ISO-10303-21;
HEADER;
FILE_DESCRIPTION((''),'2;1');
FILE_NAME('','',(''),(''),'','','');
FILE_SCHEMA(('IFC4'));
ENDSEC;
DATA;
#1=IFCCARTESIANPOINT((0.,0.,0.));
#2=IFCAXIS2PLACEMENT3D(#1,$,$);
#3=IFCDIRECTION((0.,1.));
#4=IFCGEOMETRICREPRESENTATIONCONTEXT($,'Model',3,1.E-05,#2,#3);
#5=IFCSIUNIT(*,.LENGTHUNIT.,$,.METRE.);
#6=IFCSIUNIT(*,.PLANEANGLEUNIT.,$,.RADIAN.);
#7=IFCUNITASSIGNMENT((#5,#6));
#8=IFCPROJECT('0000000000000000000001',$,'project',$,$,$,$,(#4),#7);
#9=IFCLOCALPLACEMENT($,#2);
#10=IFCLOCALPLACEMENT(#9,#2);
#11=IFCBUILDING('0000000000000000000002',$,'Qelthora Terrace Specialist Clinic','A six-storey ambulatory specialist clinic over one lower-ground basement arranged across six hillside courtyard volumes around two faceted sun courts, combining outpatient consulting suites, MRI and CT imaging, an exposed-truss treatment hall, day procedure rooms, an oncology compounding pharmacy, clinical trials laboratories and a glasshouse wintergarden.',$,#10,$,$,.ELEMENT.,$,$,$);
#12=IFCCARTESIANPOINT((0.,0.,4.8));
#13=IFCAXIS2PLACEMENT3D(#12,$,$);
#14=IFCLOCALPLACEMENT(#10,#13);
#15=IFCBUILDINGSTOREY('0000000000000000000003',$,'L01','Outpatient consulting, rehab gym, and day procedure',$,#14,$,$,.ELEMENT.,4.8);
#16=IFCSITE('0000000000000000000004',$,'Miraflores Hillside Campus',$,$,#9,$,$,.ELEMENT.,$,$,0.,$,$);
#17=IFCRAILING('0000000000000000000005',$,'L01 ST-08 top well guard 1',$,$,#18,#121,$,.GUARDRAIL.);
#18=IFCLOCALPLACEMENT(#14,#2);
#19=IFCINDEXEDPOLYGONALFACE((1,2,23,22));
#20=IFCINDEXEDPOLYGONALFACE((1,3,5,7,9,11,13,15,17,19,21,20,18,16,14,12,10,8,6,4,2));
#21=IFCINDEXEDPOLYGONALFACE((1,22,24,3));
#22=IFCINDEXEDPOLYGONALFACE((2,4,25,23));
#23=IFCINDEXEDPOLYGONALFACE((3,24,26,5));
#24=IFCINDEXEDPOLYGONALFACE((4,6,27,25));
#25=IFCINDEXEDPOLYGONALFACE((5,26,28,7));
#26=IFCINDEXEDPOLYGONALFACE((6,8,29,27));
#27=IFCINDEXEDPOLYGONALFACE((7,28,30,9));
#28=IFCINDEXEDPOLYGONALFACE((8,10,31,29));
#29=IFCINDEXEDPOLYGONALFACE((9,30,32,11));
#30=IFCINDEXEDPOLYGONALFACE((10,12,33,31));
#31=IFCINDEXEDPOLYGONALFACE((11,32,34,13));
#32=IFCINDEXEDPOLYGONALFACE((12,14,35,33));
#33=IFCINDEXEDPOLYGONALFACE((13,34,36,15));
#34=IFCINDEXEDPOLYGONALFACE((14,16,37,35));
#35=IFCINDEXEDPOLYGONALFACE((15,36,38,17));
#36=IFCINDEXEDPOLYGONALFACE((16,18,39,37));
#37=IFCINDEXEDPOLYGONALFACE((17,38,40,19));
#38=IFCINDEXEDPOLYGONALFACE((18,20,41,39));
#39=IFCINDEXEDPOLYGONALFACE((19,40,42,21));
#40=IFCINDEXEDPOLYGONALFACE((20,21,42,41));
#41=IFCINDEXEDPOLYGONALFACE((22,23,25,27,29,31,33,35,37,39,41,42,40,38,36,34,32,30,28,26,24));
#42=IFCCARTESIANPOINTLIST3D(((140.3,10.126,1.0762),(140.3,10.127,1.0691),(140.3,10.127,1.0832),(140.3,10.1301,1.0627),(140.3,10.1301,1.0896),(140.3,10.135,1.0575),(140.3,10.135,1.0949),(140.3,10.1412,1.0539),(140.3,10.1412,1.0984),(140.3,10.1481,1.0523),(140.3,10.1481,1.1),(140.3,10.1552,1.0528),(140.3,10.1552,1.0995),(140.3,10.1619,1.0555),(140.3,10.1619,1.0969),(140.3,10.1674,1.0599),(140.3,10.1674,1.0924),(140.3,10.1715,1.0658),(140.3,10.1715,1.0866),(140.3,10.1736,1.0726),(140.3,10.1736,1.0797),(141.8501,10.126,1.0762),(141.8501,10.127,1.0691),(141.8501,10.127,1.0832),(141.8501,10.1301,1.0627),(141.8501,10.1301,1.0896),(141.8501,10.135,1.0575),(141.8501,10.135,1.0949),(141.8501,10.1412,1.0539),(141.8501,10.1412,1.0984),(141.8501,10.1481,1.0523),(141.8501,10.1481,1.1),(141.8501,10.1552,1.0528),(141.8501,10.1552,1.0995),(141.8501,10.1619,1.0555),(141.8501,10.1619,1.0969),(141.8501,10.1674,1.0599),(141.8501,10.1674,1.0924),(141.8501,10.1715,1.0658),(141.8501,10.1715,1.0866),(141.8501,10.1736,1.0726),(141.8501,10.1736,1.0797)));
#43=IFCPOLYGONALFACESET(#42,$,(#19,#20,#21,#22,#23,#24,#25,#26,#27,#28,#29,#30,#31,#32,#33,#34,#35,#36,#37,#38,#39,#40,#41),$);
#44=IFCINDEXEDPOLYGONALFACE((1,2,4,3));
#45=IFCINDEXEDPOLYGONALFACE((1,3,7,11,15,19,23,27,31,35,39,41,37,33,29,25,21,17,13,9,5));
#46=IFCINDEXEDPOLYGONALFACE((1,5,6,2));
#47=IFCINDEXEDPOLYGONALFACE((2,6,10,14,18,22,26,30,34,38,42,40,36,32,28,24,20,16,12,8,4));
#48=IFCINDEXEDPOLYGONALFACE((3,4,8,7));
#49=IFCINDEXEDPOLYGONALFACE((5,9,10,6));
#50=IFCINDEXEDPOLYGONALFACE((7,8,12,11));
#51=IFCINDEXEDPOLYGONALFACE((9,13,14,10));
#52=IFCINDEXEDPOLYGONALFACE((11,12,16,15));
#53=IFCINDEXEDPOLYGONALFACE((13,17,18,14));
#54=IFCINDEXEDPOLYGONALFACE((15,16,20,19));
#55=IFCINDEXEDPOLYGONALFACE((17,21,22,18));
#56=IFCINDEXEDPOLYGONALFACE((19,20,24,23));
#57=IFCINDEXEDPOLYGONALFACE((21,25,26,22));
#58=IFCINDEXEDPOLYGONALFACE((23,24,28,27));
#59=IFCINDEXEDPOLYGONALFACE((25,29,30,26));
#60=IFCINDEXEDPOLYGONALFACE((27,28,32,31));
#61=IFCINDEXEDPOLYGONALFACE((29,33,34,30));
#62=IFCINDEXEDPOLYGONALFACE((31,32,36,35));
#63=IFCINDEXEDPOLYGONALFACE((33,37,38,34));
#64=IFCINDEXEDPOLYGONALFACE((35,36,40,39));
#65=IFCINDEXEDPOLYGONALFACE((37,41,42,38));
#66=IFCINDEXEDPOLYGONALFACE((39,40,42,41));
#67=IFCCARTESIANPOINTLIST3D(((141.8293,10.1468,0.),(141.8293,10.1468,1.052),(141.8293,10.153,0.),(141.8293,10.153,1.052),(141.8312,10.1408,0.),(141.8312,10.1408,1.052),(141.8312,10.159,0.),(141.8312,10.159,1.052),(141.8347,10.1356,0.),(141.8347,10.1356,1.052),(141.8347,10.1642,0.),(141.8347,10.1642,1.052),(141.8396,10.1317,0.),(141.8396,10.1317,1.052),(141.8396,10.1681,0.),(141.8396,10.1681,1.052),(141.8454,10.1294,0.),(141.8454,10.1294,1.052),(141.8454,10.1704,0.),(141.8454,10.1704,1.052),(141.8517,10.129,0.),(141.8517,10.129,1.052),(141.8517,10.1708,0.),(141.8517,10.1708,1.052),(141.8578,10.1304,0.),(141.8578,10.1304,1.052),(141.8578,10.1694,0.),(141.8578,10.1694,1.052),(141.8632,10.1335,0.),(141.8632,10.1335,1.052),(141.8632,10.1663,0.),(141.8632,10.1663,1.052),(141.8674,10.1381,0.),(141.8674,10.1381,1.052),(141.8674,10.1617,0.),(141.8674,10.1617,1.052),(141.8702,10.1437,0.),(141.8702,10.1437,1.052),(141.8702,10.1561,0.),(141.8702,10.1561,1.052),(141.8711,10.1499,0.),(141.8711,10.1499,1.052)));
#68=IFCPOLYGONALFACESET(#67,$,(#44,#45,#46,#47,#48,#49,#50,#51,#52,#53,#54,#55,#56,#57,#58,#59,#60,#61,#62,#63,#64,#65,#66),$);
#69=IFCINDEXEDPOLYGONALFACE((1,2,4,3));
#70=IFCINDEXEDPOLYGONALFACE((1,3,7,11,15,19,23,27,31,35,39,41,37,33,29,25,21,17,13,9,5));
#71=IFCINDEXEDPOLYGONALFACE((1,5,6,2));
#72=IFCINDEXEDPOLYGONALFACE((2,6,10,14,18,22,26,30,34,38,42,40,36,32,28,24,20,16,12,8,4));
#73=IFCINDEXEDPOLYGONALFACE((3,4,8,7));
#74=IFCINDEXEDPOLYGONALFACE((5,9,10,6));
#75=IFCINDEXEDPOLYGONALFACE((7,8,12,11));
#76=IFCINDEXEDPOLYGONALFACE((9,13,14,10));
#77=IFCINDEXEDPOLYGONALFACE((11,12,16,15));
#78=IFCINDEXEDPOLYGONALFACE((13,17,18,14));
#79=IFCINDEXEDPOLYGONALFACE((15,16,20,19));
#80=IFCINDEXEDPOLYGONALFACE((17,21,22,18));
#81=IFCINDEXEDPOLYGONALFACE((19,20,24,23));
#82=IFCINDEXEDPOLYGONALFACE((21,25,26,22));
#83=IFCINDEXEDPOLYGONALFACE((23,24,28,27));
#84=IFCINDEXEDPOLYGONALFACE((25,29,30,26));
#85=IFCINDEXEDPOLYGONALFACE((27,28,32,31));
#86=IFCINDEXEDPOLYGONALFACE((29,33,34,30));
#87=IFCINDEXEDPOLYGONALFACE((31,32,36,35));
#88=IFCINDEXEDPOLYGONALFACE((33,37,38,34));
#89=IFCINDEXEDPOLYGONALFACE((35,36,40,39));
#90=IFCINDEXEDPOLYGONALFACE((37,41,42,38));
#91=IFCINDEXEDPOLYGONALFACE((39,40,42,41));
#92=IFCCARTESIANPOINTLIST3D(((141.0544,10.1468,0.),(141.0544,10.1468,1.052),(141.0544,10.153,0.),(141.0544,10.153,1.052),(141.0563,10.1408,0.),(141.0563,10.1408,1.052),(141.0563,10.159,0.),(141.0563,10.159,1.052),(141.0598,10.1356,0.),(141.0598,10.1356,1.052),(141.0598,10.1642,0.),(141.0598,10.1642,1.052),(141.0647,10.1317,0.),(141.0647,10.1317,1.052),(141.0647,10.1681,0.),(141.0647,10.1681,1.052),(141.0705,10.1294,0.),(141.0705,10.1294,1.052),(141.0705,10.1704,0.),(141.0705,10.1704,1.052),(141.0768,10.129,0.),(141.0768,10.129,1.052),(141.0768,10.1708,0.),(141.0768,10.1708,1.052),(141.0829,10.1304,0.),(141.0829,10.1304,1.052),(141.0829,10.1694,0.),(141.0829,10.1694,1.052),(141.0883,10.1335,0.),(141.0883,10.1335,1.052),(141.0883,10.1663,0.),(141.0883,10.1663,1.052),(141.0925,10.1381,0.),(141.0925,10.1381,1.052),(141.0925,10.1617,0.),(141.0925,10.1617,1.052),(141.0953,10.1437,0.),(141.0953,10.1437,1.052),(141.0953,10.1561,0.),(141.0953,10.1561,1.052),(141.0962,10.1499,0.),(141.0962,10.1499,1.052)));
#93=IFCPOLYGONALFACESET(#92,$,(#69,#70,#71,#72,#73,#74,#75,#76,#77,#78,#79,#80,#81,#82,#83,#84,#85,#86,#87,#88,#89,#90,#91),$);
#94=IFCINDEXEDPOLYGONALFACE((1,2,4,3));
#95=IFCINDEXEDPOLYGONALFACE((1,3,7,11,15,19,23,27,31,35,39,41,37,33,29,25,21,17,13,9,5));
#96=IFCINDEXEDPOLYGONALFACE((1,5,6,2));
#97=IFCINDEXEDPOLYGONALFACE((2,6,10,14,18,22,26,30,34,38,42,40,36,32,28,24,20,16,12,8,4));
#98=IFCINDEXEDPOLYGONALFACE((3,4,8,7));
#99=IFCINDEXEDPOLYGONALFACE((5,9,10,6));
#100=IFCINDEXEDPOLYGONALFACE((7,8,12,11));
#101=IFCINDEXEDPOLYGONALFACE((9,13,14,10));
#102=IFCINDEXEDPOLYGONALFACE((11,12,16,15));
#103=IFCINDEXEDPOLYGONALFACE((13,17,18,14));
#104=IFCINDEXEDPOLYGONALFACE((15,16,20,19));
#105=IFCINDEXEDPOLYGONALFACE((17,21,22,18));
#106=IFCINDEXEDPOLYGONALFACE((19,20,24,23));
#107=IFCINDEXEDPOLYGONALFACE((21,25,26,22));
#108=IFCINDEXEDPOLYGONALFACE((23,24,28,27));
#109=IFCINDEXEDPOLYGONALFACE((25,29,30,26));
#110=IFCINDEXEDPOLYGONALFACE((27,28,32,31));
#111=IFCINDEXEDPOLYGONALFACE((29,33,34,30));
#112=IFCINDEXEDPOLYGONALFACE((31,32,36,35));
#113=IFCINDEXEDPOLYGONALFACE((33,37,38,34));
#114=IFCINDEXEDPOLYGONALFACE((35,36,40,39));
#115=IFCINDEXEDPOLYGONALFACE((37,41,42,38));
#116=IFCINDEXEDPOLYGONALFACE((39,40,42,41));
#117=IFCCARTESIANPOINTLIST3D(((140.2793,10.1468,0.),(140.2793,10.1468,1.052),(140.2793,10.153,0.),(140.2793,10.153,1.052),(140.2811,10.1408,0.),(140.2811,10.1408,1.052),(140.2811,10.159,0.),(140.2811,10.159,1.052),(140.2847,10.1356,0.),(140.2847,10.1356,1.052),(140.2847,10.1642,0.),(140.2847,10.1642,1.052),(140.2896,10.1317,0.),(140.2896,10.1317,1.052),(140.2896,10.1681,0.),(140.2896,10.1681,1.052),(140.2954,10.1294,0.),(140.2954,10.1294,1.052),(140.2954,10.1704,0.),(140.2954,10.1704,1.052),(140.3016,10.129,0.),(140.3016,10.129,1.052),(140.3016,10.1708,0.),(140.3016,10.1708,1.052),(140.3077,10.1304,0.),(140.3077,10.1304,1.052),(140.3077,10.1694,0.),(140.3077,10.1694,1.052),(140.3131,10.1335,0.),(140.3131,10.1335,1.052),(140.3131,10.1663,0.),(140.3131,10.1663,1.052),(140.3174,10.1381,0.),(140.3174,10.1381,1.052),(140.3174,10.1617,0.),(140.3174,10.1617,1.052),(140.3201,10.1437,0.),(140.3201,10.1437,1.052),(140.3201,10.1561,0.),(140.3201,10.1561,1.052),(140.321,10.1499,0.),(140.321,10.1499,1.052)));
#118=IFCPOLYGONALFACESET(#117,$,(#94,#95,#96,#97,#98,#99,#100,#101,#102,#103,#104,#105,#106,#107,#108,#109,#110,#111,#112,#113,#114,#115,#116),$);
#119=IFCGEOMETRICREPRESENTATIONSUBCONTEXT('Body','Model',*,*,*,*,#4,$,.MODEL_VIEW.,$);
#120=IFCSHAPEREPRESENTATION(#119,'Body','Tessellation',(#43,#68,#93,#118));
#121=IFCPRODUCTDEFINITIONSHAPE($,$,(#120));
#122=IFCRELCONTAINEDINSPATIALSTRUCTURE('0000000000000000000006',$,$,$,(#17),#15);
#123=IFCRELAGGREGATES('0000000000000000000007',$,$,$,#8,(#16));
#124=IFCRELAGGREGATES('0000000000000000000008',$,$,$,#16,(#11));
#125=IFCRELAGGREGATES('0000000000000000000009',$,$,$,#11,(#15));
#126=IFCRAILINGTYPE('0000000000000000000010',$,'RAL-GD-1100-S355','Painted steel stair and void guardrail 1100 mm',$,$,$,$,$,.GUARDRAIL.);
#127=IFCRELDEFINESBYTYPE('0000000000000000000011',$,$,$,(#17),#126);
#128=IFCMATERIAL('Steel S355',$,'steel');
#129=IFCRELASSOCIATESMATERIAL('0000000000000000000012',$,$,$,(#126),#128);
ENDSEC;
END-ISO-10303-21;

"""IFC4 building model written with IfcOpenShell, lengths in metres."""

from ifc_helpers import new_model, si_unit, direction, frame, origin, origin_2d, place, context, subcontext, project, spatial, circle, extrude, material, type_object, element, save


model = new_model("IFC4")

# Units and contexts
model_context = context("Model", 3, precision=1e-05, world=origin(), true_north=direction((0.0, 1.0)))
body_context = subcontext(model_context, "Body", "Model", "MODEL_VIEW")
ifc_project = project(units=[si_unit("LENGTHUNIT", "METRE"), si_unit("PLANEANGLEUNIT", "RADIAN")], contexts=[model_context])

# Site, building, storey
site_placement = place(None, origin())
site = spatial("IfcSite", under=ifc_project, at=site_placement, Name="Miraflores Hillside Campus", CompositionType="ELEMENT", RefElevation=0.0)
building_placement = place(site_placement, origin())
building = spatial("IfcBuilding", under=site, at=building_placement, Name="Qelthora Terrace Specialist Clinic", Description="A six-storey ambulatory specialist clinic over one lower-ground basement arranged across six hillside courtyard volumes around two faceted sun courts, combining outpatient consulting suites, MRI and CT imaging, an exposed-truss treatment hall, day procedure rooms, an oncology compounding pharmacy, clinical trials laboratories and a glasshouse wintergarden.", CompositionType="ELEMENT")
storey_placement = place(building_placement, frame((0.0, 0.0, 4.8)))
storey = spatial("IfcBuildingStorey", under=building, at=storey_placement, Name="L01", Description="Outpatient consulting, rehab gym, and day procedure", CompositionType="ELEMENT", Elevation=4.8)

# Shared definitions
ifc_material_1 = material(Name="Steel S355", Category="steel")

# Railing
railing_type = type_object("IfcRailingType", Name="RAL-GD-1100-S355", Description="Painted steel stair and void guardrail 1100 mm", PredefinedType="GUARDRAIL", material=ifc_material_1)
railing_placement = place(storey_placement, frame((141.8501, 10.1499, 0.0)))
element("IfcRailing", 1, at=railing_placement, inside=storey, type_object=railing_type, Name="L01 ST-08 top well guard 1", PredefinedType="GUARDRAIL", context=body_context, shape_type="SweptSolid", body=[
    extrude(circle(Radius=0.0239, at=origin_2d()), frame((0.0, 0.0, 1.0762), z_axis=(-1.0, 0.0, 0.0), x_axis=(0.0, -1.0, 0.0)), (0.0, 0.0, 1.0), 1.55),
    extrude(circle(Radius=0.021, at=origin_2d()), origin(), (0.0, 0.0, 1.0), 1.052),
    extrude(circle(Radius=0.021, at=origin_2d()), frame((-0.7749, 0.0, 0.0)), (0.0, 0.0, 1.0), 1.052),
    extrude(circle(Radius=0.021, at=origin_2d()), frame((-1.55, 0.0, 0.0)), (0.0, 0.0, 1.0), 1.052),
])

save(model, "model.ifc")
